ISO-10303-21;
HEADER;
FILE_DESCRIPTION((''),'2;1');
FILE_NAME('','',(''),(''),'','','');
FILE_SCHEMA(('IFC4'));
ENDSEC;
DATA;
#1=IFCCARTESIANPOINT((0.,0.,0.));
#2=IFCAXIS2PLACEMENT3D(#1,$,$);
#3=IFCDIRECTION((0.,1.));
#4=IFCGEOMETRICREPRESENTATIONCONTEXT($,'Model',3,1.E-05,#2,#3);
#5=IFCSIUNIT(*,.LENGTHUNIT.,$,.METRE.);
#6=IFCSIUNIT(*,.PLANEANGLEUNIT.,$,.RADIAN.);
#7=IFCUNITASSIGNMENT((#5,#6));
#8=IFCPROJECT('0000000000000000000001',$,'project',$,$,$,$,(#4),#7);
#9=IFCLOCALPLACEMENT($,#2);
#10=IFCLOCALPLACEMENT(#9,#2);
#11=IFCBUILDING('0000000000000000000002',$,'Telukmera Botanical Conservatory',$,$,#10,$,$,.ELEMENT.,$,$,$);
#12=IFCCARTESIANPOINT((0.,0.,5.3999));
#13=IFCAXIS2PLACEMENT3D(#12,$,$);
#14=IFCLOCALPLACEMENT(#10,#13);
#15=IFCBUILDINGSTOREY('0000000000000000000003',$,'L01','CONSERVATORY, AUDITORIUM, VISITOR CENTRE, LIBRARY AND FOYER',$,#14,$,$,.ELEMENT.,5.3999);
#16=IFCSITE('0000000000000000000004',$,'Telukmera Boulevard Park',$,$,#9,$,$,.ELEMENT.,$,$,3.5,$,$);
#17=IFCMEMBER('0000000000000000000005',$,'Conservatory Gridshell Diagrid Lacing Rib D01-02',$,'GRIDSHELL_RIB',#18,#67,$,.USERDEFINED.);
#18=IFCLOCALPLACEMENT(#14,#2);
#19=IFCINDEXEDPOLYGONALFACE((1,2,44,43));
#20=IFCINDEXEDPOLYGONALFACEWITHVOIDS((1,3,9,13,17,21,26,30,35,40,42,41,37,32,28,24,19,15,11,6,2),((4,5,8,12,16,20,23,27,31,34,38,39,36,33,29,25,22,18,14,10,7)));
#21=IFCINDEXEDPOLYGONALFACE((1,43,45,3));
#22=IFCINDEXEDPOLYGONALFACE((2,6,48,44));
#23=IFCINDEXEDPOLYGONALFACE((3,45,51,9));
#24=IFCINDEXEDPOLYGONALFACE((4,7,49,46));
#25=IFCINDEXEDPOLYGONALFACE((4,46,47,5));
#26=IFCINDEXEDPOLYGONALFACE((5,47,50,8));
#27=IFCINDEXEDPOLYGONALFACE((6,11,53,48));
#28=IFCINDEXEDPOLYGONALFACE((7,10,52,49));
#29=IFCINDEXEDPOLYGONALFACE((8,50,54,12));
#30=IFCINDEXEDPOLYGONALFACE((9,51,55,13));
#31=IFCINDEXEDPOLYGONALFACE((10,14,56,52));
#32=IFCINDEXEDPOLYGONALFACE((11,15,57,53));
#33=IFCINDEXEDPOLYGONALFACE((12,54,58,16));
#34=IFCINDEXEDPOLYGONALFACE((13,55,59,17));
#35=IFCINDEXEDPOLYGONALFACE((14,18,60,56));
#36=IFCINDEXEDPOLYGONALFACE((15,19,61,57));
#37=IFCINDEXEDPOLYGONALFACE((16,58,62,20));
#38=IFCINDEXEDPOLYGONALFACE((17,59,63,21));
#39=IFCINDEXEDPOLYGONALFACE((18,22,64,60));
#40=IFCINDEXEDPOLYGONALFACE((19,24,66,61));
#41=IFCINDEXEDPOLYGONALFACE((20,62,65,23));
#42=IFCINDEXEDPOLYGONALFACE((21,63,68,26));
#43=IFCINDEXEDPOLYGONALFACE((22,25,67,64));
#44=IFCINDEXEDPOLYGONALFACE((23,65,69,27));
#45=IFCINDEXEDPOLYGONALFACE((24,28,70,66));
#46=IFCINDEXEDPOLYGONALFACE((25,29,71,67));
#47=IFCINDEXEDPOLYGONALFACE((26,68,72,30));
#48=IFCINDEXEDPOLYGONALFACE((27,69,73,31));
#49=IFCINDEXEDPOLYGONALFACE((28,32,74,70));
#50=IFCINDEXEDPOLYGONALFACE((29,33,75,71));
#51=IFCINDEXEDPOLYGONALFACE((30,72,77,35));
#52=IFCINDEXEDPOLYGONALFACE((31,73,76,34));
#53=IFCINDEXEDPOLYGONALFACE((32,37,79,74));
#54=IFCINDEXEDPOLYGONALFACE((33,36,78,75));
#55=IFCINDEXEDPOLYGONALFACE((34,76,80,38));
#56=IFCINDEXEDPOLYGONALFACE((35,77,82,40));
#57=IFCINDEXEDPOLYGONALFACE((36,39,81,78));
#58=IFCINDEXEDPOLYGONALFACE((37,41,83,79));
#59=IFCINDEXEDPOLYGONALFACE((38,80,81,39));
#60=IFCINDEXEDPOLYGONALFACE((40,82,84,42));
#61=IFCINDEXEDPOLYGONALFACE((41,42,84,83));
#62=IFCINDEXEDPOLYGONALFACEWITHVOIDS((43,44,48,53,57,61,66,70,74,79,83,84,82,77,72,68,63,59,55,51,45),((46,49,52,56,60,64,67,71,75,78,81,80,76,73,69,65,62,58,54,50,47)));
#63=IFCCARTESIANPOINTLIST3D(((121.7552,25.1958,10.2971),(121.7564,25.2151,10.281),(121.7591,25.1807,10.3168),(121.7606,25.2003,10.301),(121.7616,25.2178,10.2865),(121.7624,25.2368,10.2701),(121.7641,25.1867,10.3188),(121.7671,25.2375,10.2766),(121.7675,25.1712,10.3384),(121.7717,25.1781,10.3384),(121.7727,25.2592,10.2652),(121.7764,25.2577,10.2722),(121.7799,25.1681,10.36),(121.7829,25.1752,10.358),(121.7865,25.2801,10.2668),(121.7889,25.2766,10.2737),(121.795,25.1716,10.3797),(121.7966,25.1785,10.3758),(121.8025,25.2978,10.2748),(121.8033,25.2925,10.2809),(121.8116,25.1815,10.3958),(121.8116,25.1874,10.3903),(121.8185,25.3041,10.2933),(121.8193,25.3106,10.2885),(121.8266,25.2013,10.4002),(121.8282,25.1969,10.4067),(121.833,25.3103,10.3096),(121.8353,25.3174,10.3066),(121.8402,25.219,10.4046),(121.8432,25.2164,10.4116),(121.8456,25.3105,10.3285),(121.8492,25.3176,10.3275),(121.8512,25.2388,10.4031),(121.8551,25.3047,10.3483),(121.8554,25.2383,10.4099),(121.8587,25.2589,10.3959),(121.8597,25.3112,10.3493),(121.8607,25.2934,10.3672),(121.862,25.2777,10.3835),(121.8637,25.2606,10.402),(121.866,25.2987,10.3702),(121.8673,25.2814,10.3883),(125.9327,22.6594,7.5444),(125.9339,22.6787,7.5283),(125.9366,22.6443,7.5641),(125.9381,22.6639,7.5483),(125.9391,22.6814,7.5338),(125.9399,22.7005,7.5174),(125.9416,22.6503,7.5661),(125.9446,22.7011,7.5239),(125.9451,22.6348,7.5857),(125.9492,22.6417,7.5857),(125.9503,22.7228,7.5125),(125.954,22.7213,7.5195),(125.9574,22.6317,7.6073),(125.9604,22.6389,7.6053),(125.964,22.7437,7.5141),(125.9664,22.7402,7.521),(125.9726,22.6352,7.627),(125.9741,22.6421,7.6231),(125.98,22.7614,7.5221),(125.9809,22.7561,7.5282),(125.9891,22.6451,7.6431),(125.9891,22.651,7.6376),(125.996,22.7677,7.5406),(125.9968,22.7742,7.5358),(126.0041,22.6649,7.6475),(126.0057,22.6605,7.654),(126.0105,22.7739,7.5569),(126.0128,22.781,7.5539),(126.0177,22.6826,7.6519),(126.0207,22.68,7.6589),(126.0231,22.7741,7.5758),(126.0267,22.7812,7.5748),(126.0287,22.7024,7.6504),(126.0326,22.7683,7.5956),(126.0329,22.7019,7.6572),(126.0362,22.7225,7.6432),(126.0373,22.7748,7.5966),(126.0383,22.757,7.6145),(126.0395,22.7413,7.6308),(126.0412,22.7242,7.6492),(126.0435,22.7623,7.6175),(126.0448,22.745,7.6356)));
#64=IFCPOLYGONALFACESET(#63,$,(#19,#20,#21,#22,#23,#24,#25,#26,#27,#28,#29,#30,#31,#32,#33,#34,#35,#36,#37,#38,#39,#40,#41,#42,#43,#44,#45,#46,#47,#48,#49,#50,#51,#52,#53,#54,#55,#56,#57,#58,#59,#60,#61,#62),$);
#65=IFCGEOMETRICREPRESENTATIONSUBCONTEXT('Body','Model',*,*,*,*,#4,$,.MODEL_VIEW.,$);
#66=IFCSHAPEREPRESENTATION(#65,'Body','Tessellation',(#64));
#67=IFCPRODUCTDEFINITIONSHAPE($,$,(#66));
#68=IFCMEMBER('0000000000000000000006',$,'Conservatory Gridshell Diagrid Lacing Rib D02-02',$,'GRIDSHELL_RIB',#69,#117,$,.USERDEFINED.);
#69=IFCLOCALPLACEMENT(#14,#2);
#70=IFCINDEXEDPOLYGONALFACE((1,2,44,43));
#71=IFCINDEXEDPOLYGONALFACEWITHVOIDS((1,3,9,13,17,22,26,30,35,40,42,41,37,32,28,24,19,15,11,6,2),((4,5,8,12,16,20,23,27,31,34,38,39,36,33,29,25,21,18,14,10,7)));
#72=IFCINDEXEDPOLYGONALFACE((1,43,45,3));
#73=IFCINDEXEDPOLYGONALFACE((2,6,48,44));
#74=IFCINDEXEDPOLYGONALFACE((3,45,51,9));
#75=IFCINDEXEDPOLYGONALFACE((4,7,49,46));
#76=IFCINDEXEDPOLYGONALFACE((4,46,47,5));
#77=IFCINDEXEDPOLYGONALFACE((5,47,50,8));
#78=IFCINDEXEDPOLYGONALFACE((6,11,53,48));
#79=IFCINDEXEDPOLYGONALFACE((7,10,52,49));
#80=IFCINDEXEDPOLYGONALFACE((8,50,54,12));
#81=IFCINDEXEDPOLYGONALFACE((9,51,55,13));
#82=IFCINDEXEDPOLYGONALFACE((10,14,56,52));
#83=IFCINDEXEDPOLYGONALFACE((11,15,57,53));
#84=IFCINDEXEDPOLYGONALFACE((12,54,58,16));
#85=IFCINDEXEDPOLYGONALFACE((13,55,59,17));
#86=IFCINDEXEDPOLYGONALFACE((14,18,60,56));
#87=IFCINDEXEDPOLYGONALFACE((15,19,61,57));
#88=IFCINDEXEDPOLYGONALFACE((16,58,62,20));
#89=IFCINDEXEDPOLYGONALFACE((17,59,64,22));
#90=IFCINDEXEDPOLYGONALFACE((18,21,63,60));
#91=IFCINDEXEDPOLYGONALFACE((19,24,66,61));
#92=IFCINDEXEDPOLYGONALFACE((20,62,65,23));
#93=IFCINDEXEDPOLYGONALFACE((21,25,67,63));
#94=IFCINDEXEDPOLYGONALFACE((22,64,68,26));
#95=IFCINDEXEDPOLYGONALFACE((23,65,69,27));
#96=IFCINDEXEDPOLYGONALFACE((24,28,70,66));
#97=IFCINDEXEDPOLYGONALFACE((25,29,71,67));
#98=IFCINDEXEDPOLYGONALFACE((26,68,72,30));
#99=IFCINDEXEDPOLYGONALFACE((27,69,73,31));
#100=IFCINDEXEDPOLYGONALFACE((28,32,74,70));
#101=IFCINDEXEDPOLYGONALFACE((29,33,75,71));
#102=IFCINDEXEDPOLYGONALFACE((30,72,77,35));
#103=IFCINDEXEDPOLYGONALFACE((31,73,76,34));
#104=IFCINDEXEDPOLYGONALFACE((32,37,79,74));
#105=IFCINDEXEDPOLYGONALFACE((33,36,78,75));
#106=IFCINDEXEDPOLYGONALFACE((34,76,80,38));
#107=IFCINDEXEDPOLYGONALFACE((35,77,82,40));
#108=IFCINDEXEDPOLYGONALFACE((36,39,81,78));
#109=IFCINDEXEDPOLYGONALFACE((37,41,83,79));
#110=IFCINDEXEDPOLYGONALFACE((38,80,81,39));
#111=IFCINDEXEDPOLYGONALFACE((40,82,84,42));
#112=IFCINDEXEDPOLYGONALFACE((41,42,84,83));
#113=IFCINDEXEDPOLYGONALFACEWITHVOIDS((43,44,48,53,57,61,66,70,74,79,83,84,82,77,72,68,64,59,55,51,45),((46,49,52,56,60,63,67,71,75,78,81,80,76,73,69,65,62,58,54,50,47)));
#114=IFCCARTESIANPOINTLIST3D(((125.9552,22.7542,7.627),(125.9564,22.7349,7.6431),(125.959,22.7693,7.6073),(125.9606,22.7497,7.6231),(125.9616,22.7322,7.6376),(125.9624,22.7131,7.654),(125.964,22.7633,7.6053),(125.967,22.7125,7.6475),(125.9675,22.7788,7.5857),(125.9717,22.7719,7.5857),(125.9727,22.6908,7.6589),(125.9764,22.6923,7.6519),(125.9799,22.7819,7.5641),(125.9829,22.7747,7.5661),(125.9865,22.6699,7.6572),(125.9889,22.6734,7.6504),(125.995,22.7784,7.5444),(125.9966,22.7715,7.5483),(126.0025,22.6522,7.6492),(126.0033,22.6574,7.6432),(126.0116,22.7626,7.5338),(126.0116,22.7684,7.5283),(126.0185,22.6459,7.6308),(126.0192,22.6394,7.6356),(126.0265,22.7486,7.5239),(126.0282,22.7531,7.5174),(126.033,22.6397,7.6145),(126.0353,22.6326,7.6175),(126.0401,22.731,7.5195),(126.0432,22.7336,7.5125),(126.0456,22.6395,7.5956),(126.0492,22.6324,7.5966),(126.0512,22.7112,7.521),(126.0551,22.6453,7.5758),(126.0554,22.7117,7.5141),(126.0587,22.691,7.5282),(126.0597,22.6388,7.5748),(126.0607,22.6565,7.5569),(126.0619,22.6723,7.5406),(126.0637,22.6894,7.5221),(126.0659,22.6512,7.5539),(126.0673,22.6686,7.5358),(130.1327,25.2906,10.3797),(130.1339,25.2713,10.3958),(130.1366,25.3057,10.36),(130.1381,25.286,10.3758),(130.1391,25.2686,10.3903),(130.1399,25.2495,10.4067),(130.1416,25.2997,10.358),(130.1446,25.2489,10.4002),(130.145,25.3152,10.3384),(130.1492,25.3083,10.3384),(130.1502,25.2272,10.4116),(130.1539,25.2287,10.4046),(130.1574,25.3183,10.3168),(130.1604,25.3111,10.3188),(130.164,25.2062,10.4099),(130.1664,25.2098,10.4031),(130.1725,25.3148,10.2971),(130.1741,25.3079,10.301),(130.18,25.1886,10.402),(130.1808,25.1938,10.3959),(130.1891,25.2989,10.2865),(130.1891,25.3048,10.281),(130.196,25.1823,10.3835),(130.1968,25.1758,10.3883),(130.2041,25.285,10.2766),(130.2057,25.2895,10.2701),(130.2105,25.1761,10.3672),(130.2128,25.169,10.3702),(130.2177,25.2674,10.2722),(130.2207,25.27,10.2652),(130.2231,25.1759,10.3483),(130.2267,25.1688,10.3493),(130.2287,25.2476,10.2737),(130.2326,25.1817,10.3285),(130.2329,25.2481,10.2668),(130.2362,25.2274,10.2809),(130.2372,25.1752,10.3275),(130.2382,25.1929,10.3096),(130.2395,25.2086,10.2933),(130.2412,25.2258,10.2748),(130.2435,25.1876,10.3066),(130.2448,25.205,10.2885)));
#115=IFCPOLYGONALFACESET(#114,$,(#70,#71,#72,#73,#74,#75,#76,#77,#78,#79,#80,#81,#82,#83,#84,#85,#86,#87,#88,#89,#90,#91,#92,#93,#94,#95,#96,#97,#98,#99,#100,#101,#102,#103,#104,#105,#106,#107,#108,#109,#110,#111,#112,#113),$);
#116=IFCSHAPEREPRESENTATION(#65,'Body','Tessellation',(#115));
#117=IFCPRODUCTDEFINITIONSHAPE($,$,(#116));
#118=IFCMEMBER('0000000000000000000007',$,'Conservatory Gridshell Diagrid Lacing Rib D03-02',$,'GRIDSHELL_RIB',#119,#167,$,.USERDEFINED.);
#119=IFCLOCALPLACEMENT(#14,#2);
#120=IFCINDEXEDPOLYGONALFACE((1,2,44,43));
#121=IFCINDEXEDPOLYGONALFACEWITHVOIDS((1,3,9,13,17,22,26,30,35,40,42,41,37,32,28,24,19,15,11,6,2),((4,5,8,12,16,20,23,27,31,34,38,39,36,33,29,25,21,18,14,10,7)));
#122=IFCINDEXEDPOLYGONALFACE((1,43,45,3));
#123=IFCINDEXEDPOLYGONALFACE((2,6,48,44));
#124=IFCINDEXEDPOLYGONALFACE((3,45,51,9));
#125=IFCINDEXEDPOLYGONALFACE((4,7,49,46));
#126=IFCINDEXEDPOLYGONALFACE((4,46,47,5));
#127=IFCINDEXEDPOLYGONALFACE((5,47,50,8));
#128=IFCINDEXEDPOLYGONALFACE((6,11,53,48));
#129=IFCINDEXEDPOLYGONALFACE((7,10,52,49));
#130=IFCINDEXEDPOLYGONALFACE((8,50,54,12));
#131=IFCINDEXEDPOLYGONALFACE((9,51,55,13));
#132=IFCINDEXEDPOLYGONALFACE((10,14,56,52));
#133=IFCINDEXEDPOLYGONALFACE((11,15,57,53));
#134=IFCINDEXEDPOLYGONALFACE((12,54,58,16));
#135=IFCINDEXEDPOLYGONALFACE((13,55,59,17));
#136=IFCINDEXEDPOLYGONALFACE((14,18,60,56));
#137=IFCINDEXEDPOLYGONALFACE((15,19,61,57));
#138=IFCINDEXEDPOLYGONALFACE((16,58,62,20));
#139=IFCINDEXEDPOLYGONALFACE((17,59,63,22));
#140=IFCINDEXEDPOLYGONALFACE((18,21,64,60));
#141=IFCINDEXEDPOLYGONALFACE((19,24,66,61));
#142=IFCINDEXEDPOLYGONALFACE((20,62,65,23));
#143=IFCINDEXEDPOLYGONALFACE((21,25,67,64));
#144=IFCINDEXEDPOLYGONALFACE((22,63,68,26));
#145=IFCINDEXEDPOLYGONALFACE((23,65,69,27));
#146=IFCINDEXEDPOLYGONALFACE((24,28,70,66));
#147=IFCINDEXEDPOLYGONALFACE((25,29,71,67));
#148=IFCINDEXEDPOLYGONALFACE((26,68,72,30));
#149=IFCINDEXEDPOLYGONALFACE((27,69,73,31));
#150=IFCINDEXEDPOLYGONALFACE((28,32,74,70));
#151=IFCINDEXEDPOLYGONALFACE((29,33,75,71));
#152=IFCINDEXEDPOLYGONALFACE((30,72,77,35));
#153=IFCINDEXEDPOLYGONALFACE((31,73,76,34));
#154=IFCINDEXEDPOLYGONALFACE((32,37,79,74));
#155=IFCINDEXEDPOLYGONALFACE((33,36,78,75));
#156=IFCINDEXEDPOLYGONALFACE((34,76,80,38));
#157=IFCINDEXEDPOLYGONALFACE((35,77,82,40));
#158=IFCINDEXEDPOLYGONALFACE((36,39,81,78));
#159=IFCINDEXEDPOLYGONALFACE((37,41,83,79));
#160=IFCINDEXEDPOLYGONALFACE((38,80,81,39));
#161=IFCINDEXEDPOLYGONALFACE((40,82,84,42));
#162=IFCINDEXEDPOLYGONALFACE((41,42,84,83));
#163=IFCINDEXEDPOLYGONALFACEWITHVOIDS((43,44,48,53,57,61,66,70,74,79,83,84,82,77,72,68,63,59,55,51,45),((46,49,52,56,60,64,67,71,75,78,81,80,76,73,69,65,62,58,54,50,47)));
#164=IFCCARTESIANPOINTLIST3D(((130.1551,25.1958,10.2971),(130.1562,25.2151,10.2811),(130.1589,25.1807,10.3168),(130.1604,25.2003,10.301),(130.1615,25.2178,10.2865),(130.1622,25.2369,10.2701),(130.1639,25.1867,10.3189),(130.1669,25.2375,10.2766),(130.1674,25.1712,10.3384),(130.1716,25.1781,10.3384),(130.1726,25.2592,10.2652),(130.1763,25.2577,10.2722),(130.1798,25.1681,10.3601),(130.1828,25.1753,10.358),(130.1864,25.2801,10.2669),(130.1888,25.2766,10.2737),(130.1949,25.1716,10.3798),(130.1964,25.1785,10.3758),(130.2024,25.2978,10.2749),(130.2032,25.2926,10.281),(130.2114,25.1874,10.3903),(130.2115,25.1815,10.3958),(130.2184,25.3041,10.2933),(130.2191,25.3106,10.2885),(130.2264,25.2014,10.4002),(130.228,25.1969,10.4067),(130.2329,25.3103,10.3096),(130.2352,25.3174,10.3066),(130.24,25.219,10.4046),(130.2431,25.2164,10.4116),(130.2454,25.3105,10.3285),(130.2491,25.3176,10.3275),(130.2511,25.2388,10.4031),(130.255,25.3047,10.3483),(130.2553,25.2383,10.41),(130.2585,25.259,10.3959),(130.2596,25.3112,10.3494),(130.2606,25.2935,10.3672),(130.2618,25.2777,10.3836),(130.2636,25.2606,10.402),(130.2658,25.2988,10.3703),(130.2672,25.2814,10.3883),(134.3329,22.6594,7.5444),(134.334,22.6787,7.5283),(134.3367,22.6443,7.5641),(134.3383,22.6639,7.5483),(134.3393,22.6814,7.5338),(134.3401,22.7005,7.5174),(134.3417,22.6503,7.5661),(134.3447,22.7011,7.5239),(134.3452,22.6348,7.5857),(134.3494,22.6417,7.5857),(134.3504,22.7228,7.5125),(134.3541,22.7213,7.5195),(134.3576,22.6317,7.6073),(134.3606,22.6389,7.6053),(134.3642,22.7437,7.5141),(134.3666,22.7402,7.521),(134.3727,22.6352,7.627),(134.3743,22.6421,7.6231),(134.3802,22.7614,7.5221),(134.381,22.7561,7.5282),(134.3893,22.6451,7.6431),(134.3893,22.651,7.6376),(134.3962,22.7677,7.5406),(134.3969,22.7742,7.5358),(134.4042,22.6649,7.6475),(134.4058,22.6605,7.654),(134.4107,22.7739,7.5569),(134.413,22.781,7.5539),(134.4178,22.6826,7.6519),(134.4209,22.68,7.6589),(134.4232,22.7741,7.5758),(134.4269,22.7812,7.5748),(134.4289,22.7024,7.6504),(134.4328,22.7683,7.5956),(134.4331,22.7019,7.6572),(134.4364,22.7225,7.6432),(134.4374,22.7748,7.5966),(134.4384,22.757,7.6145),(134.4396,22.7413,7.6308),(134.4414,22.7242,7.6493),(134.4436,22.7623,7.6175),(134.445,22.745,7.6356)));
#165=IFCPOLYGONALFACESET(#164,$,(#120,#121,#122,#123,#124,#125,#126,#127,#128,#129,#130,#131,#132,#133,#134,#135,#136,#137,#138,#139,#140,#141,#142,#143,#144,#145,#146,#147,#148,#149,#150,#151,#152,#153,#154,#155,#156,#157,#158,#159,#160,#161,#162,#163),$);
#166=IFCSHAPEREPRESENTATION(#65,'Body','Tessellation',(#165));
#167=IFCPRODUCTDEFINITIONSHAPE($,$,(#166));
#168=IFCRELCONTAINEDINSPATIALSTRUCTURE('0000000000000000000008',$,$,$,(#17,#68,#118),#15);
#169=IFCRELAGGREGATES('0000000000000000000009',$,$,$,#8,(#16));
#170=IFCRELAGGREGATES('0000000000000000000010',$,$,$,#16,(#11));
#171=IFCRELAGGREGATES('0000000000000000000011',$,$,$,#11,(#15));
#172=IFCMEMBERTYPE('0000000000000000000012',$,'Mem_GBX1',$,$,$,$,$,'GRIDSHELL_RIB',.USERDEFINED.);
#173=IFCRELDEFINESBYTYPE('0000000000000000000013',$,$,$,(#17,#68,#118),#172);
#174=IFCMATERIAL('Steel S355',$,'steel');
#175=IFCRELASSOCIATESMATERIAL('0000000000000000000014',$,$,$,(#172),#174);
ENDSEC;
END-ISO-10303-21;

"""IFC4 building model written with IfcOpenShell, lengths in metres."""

from ifc_helpers import new_model, si_unit, direction, frame, origin, origin_2d, place, context, subcontext, project, spatial, hollow_circle, extrude, material, material_profile, profile_set, type_object, element, save


model = new_model("IFC4")

# Units and contexts
model_context = context("Model", 3, precision=1e-05, world=origin(), true_north=direction((0.0, 1.0)))
body_context = subcontext(model_context, "Body", "Model", "MODEL_VIEW")
ifc_project = project(units=[si_unit("LENGTHUNIT", "METRE"), si_unit("PLANEANGLEUNIT", "RADIAN")], contexts=[model_context])

# Site, building, storey
site_placement = place(None, origin())
site = spatial("IfcSite", under=ifc_project, at=site_placement, Name="Telukmera Boulevard Park", CompositionType="ELEMENT", RefElevation=3.5)
building_placement = place(site_placement, origin())
building = spatial("IfcBuilding", under=site, at=building_placement, Name="Telukmera Botanical Conservatory", CompositionType="ELEMENT")
storey_placement = place(building_placement, frame((0.0, 0.0, 5.3999)))
storey = spatial("IfcBuildingStorey", under=building, at=storey_placement, Name="L01", Description="CONSERVATORY, AUDITORIUM, VISITOR CENTRE, LIBRARY AND FOYER", CompositionType="ELEMENT", Elevation=5.3999)

# Shared definitions
ifc_material_1 = material(Name="Steel S355", Category="steel")

# Members
ifc_material_profile_1 = material_profile(ifc_material_1, hollow_circle(Radius=0.0842, WallThickness=0.0081, at=origin_2d()), Name="CHS 168.3x8.0")
ifc_profile_set_1 = profile_set([ifc_material_profile_1], Name="Steel S355")
member_type_1 = type_object("IfcMemberType", Name="Mem_GBX1", ElementType="GRIDSHELL_RIB", PredefinedType="USERDEFINED", material=ifc_profile_set_1)
for number, where, z_axis, x_axis, name in (
    (1, (125.9888, 22.7068, 7.5857), (-0.744771, 0.45219, 0.490754), (-0.518985, -0.854784, 0.0), "Conservatory Gridshell Diagrid Lacing Rib D01-02"),
    (2, (126.0112, 22.7068, 7.5857), (0.744771, 0.45219, 0.490754), (-0.518985, 0.854784, 0.0), "Conservatory Gridshell Diagrid Lacing Rib D02-02"),
):
    element("IfcMember", number, at=place(storey_placement, frame(where, z_axis=z_axis, x_axis=x_axis)), inside=storey, type_object=member_type_1, Name=name, ObjectType="GRIDSHELL_RIB", PredefinedType="USERDEFINED", context=body_context, shape_type="SweptSolid", body=[
        extrude(hollow_circle(Radius=0.0842, WallThickness=0.0081, at=origin_2d()), origin(), (0.0, 0.0, 1.0), 5.6091),
    ])
member_1_placement = place(storey_placement, frame((134.3889, 22.7068, 7.5857), z_axis=(-0.744791, 0.452176, 0.490738), x_axis=(-0.518962, -0.854797, 0.0)))
element("IfcMember", 3, at=member_1_placement, inside=storey, type_object=member_type_1, Name="Conservatory Gridshell Diagrid Lacing Rib D03-02", ObjectType="GRIDSHELL_RIB", PredefinedType="USERDEFINED", context=body_context, shape_type="SweptSolid", body=[
    extrude(hollow_circle(Radius=0.0842, WallThickness=0.0081, at=origin_2d()), origin(), (0.0, 0.0, 1.0), 5.6094),
])

save(model, "model.ifc")
